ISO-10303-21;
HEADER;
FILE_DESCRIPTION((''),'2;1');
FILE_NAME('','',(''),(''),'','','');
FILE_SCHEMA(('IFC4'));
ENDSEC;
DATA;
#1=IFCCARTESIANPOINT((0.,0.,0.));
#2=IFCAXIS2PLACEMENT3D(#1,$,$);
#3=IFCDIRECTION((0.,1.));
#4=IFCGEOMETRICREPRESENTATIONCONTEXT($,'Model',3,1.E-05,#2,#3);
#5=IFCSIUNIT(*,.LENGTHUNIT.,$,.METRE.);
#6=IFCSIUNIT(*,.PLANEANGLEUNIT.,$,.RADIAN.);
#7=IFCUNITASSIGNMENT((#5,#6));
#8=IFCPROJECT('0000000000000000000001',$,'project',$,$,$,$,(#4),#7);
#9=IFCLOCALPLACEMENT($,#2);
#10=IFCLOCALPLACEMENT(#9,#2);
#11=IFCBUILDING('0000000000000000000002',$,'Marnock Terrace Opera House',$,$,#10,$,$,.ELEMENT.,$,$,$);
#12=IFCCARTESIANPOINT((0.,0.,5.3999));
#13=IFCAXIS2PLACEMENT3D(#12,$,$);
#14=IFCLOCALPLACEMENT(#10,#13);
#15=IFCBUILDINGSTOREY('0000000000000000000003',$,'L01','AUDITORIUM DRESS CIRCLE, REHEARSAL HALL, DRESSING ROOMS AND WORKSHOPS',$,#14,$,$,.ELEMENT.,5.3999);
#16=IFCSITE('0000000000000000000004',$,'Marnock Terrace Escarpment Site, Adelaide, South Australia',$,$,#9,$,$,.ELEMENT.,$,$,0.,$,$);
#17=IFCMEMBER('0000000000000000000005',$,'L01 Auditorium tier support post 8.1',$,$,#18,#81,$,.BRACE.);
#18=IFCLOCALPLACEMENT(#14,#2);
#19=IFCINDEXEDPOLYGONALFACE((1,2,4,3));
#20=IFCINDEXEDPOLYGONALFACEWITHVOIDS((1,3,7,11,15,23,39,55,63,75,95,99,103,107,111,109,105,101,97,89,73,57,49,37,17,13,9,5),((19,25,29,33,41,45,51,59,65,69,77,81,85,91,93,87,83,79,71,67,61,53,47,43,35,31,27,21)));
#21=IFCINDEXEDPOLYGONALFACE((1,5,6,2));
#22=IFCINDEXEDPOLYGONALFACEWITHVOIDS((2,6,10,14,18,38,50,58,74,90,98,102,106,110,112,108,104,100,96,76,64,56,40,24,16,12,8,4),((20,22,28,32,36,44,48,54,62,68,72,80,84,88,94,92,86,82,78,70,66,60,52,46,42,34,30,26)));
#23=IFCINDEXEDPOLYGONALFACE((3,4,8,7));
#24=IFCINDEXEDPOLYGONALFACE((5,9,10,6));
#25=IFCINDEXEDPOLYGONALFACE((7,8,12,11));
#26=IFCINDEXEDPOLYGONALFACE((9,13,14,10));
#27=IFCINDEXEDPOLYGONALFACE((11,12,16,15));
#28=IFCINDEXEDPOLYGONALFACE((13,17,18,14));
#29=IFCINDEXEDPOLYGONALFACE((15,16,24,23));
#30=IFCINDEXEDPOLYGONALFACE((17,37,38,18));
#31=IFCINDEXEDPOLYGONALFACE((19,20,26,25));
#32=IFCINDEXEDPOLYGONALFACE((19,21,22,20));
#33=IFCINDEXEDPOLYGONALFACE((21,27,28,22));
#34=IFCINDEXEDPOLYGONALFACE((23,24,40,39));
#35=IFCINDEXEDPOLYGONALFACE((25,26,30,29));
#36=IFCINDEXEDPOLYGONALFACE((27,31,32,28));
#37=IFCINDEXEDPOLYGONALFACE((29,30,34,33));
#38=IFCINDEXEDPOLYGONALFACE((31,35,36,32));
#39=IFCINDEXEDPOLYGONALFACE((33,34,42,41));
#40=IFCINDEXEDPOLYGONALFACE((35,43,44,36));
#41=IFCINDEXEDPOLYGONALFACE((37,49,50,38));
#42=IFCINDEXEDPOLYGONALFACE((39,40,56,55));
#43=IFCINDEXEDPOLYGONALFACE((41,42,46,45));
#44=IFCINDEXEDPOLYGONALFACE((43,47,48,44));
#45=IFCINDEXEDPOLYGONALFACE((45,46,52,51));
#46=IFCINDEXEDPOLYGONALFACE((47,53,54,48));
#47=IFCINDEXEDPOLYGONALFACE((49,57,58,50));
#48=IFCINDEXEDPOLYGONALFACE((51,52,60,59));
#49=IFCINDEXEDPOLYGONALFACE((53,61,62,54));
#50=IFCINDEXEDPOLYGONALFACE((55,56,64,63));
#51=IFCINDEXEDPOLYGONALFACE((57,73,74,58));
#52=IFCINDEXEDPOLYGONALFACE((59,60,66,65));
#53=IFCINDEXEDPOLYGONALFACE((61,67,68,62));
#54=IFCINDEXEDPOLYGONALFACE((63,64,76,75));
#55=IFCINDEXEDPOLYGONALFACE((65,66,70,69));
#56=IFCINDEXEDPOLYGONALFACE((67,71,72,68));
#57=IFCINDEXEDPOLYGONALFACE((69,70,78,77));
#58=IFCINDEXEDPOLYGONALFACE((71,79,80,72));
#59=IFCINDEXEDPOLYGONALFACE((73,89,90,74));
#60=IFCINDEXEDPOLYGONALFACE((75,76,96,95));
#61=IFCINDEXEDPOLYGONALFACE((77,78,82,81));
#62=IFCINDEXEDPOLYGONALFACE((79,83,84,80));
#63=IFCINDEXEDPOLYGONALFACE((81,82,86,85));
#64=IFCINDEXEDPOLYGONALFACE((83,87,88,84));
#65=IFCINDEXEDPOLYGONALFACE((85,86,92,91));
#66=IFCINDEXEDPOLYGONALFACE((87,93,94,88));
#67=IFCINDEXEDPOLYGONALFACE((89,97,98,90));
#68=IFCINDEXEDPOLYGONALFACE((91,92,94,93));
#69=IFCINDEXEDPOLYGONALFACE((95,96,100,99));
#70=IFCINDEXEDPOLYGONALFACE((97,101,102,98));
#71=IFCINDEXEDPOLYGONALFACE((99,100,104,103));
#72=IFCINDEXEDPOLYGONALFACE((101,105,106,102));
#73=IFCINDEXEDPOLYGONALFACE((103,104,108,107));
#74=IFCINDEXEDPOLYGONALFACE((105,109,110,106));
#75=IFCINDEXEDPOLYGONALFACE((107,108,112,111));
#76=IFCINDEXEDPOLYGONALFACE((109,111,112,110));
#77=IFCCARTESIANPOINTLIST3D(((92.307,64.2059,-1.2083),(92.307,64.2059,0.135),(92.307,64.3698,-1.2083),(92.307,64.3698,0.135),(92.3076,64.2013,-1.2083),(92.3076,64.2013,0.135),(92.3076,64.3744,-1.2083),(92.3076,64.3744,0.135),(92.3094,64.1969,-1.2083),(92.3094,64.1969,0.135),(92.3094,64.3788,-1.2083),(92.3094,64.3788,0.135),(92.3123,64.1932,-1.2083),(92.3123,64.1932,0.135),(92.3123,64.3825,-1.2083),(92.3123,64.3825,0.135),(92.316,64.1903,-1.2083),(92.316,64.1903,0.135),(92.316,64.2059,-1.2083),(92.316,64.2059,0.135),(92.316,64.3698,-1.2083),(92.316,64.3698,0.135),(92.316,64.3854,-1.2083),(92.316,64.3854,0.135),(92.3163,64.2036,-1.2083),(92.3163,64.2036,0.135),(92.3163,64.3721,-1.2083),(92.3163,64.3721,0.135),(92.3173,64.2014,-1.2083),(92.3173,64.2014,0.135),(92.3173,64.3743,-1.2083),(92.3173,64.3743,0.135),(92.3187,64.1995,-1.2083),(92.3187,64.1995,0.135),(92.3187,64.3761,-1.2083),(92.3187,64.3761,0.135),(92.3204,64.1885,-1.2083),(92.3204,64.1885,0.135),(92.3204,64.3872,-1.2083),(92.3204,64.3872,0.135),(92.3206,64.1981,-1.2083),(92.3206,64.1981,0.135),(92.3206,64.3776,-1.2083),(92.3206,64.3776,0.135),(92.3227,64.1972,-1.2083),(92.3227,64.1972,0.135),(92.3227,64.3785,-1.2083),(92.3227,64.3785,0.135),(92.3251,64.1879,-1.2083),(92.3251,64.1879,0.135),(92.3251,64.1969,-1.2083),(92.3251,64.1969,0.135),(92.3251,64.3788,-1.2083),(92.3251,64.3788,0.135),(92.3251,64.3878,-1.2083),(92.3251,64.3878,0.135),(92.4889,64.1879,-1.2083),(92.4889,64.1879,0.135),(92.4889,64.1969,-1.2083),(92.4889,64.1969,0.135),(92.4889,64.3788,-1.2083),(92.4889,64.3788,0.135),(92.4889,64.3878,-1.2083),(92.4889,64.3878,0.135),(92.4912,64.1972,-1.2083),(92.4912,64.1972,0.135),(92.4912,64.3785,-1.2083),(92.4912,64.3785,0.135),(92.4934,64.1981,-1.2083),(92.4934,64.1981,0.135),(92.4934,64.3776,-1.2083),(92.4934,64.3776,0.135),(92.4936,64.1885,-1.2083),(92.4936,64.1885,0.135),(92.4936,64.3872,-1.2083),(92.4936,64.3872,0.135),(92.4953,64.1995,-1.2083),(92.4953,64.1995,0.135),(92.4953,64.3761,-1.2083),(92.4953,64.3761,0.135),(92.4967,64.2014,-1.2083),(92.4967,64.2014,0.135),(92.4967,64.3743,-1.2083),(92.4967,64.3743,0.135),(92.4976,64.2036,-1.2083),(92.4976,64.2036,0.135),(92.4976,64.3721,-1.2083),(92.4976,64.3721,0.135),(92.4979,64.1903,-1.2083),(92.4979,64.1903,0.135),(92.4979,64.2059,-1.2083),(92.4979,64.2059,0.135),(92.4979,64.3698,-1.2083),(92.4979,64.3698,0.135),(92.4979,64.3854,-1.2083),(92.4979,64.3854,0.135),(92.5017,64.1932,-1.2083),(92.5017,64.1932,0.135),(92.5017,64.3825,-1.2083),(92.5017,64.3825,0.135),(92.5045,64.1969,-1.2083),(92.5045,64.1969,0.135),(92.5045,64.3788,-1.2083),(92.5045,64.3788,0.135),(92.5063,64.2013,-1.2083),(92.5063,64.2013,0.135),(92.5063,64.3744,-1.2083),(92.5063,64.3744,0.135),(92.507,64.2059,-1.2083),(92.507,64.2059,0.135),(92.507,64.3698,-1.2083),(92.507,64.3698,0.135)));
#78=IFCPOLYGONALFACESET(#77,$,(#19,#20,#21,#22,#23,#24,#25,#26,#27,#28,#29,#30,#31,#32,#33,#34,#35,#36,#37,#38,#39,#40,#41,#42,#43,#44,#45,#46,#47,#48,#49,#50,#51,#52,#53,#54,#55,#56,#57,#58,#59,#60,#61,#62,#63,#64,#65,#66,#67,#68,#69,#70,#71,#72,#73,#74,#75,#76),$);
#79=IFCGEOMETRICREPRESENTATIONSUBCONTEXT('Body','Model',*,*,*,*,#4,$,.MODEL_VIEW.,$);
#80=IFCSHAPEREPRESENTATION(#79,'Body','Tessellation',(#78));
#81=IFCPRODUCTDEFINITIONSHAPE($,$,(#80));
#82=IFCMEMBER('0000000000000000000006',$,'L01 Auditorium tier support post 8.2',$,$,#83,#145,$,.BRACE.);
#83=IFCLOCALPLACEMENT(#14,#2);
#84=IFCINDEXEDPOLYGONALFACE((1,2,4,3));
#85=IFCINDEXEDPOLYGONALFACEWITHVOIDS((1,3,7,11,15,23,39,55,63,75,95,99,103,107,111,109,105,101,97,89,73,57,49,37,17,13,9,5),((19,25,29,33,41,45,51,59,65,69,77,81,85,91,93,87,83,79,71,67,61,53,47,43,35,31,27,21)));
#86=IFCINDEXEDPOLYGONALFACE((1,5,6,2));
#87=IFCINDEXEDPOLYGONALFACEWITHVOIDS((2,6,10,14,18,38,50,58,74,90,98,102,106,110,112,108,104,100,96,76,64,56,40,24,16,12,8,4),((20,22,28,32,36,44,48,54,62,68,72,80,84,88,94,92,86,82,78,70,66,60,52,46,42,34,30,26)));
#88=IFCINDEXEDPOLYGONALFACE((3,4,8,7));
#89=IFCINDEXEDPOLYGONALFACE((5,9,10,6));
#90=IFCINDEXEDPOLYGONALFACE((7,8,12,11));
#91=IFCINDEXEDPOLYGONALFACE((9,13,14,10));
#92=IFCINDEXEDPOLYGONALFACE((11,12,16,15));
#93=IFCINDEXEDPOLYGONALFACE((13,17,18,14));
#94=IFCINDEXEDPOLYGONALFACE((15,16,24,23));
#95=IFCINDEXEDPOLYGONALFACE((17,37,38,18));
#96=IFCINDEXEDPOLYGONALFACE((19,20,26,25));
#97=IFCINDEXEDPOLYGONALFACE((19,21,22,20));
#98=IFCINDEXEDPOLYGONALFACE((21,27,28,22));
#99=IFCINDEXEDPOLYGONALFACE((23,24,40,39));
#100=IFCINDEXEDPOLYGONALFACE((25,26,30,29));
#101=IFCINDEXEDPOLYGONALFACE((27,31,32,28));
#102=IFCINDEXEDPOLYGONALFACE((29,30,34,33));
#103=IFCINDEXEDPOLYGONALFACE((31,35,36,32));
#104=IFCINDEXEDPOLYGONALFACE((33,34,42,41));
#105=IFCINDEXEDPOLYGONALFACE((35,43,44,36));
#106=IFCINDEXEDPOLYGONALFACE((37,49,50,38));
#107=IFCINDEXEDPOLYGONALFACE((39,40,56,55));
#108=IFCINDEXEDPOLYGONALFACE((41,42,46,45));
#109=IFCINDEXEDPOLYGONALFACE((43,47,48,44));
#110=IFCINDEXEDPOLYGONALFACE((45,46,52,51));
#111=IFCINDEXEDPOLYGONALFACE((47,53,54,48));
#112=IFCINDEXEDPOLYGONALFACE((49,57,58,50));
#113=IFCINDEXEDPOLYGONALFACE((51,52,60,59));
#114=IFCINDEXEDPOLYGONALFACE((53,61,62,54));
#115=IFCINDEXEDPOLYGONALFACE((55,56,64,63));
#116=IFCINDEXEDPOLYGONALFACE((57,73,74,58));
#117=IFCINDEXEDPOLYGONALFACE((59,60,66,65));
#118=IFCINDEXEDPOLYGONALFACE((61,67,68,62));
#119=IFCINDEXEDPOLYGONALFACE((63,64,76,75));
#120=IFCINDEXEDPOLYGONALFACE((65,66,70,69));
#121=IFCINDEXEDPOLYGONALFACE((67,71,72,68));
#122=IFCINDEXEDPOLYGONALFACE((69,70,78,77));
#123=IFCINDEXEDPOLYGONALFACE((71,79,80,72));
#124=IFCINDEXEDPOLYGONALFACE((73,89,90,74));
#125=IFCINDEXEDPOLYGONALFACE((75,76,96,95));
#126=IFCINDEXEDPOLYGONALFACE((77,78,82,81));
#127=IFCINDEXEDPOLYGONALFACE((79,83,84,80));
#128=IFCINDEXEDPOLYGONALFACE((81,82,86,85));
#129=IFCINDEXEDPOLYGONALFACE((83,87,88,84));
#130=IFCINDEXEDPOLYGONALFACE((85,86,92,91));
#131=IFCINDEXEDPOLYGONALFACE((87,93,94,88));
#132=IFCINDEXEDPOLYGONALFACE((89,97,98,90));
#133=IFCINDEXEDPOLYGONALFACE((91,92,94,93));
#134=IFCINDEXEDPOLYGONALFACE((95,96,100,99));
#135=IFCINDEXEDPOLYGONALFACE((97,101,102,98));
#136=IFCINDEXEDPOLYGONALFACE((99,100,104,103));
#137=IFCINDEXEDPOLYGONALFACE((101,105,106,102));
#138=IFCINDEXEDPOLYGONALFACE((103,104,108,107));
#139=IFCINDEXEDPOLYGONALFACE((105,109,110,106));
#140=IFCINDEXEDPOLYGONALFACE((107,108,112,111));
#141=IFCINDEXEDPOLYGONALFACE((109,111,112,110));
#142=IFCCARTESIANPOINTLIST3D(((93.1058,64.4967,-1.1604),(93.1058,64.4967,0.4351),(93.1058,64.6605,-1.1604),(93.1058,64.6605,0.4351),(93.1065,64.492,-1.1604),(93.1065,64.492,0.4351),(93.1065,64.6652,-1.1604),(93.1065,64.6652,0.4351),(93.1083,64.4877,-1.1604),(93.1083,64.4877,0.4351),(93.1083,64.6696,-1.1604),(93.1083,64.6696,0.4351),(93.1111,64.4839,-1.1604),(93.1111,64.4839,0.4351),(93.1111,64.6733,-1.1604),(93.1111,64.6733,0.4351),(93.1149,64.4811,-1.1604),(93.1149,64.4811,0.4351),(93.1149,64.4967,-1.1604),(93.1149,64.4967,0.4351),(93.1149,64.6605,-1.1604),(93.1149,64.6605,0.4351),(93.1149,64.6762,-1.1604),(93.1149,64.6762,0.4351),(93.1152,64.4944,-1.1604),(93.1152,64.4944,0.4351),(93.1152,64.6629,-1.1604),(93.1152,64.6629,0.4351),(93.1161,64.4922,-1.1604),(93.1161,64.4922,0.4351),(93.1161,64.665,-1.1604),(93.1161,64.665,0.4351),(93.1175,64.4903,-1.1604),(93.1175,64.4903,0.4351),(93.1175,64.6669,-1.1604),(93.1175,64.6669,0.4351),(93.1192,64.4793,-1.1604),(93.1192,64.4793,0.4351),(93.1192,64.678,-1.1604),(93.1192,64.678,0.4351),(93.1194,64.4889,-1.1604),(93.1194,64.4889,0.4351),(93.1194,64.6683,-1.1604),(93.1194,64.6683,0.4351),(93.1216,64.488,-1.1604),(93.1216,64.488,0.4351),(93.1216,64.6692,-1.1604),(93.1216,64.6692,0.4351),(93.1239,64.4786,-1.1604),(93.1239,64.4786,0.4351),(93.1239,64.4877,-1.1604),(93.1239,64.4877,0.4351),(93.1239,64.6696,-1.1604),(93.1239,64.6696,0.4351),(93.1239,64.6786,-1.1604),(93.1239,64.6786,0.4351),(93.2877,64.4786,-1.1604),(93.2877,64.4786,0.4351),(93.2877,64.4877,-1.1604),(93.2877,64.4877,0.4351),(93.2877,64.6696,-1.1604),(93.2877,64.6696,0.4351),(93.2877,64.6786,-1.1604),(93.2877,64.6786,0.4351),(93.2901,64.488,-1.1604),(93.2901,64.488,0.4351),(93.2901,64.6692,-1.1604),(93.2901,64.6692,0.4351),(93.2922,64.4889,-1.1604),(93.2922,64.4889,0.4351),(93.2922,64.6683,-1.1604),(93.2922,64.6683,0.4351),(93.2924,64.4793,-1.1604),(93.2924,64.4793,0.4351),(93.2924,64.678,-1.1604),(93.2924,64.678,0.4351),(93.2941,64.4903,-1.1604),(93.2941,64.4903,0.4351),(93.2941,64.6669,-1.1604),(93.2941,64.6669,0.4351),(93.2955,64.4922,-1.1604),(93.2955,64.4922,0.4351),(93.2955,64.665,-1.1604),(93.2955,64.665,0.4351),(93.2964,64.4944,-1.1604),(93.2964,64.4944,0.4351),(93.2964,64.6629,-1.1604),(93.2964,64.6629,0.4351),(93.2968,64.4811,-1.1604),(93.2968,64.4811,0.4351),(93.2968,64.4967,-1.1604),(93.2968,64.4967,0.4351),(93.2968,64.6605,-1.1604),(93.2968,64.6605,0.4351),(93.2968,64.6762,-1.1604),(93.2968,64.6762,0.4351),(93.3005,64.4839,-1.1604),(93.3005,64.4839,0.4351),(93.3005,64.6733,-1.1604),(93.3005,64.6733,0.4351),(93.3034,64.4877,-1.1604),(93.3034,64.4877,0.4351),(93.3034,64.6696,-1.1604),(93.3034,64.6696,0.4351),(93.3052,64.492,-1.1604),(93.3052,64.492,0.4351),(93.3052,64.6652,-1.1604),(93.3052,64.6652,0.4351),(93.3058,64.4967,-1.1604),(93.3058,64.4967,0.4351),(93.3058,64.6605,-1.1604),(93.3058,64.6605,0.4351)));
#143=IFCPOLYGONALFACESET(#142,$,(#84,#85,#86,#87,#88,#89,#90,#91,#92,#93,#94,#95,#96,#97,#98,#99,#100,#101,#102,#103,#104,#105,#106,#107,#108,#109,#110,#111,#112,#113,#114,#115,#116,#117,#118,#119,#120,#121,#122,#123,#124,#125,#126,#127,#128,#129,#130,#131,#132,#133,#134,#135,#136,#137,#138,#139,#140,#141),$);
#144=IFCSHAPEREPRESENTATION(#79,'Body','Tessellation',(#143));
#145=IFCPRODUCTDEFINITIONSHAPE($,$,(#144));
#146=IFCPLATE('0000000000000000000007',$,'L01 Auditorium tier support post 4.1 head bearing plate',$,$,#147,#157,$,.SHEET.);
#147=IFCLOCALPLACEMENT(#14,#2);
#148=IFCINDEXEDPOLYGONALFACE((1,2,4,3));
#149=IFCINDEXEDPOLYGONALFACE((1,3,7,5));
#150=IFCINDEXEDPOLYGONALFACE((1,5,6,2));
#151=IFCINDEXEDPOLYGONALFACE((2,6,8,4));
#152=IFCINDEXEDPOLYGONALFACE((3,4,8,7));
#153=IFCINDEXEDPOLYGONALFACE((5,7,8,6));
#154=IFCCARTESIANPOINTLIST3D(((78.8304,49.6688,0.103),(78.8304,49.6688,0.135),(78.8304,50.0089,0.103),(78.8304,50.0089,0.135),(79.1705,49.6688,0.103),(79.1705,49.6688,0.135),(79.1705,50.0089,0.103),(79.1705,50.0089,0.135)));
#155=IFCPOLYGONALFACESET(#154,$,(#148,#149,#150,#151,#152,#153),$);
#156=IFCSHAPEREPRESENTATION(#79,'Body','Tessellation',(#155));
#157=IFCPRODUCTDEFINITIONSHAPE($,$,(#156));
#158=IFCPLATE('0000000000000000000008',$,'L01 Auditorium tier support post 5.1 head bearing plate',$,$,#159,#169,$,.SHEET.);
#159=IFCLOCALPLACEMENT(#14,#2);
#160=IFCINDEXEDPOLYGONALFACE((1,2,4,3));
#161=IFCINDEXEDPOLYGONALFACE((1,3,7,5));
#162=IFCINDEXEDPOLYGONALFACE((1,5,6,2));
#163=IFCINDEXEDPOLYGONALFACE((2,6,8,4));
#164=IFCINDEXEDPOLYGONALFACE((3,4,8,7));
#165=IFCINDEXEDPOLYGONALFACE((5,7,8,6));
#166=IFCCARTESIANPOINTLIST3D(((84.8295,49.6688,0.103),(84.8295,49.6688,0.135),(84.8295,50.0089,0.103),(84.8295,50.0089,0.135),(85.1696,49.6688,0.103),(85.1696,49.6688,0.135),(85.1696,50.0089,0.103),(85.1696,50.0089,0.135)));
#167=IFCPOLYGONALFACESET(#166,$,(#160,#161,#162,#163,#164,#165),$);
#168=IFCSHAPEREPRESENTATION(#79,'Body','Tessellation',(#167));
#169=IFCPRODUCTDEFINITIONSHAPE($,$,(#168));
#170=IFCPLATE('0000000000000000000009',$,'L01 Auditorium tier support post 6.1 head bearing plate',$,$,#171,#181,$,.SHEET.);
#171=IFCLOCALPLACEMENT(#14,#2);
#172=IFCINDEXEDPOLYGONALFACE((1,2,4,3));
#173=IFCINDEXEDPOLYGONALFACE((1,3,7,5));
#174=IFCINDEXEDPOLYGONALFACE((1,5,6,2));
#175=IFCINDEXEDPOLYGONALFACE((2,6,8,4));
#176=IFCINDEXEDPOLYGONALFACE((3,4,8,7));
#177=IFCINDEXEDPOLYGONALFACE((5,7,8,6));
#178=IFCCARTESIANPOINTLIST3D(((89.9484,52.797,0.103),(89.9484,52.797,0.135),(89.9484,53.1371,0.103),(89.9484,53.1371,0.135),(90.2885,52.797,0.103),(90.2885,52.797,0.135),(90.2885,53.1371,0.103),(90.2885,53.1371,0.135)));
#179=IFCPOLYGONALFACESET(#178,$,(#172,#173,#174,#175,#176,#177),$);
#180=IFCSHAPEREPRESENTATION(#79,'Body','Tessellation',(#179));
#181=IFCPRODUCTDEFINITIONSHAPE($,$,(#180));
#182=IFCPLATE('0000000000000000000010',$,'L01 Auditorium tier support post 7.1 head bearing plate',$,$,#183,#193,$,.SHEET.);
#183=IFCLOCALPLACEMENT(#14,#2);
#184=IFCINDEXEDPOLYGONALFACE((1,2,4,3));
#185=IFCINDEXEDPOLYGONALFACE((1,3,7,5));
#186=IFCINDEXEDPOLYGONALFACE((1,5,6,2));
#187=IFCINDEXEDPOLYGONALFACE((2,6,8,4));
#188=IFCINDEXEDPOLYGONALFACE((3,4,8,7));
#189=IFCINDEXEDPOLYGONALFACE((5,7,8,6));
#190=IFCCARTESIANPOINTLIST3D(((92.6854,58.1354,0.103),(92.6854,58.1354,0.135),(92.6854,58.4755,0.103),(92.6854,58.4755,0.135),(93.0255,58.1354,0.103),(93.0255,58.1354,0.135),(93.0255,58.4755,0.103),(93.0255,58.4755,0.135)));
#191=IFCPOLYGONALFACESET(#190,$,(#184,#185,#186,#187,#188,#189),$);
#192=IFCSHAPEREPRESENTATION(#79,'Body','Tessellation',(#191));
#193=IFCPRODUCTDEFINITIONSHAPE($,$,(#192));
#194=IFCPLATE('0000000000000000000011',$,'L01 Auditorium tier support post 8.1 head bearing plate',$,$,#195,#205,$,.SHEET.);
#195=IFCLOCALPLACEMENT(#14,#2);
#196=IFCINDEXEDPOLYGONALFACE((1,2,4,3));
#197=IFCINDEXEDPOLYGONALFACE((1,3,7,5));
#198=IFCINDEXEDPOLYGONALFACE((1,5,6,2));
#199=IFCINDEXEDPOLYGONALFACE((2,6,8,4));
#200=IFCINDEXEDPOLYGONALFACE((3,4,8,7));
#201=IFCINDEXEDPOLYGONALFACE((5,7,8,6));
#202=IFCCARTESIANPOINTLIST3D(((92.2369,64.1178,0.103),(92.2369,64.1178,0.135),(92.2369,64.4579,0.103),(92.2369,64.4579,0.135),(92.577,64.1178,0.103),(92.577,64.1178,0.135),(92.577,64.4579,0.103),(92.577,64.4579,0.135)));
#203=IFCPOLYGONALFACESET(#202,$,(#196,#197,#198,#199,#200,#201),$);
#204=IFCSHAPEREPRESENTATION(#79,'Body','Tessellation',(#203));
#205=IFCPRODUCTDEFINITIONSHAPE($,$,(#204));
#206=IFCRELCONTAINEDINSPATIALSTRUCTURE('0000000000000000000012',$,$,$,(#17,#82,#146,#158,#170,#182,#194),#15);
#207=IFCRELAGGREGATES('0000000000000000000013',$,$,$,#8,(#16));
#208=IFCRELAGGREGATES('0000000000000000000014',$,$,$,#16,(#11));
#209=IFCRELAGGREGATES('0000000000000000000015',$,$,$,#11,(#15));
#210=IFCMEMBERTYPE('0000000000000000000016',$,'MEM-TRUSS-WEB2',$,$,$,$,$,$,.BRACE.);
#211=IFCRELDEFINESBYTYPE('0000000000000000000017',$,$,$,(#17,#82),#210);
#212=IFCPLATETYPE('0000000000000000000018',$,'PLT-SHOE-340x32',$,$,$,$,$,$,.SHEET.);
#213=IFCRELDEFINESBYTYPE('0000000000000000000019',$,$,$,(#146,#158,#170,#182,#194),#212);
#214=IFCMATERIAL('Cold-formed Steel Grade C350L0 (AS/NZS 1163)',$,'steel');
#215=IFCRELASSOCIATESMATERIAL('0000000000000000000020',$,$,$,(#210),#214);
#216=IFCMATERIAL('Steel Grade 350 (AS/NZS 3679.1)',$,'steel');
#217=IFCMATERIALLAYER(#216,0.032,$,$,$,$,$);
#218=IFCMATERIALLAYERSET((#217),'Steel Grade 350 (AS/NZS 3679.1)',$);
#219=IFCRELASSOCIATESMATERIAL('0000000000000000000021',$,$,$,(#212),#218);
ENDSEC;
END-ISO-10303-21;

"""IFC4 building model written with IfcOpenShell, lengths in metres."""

from ifc_helpers import new_model, si_unit, direction, frame, origin, origin_2d, place, context, subcontext, project, spatial, rectangle, hollow_rectangle, extrude, material, layer, layer_set, material_profile, profile_set, type_object, element, save


model = new_model("IFC4")

# Units and contexts
model_context = context("Model", 3, precision=1e-05, world=origin(), true_north=direction((0.0, 1.0)))
body_context = subcontext(model_context, "Body", "Model", "MODEL_VIEW")
ifc_project = project(units=[si_unit("LENGTHUNIT", "METRE"), si_unit("PLANEANGLEUNIT", "RADIAN")], contexts=[model_context])

# Site, building, storey
site_placement = place(None, origin())
site = spatial("IfcSite", under=ifc_project, at=site_placement, Name="Marnock Terrace Escarpment Site, Adelaide, South Australia", CompositionType="ELEMENT", RefElevation=0.0)
building_placement = place(site_placement, origin())
building = spatial("IfcBuilding", under=site, at=building_placement, Name="Marnock Terrace Opera House", CompositionType="ELEMENT")
storey_placement = place(building_placement, frame((0.0, 0.0, 5.3999)))
storey = spatial("IfcBuildingStorey", under=building, at=storey_placement, Name="L01", Description="AUDITORIUM DRESS CIRCLE, REHEARSAL HALL, DRESSING ROOMS AND WORKSHOPS", CompositionType="ELEMENT", Elevation=5.3999)

# Shared definitions
ifc_material_1 = material(Name="Steel Grade 350 (AS/NZS 3679.1)", Category="steel")

# Members
ifc_material_2 = material(Name="Cold-formed Steel Grade C350L0 (AS/NZS 1163)", Category="steel")
ifc_material_profile_1 = material_profile(ifc_material_2, hollow_rectangle(XDim=0.2, YDim=0.2, WallThickness=0.009, InnerFilletRadius=0.009, OuterFilletRadius=0.0181, at=origin_2d()))
ifc_profile_set_1 = profile_set([ifc_material_profile_1], Name="Cold-formed Steel Grade C350L0 (AS/NZS 1163)")
member_type = type_object("IfcMemberType", Name="MEM-TRUSS-WEB2", PredefinedType="BRACE", material=ifc_profile_set_1)
member_1_placement = place(storey_placement, frame((92.407, 64.2878, -1.2083), z_axis=(0.0, 0.0, 1.0), x_axis=(1.0, 0.0, 0.0)))
element("IfcMember", 1, at=member_1_placement, inside=storey, type_object=member_type, Name="L01 Auditorium tier support post 8.1", PredefinedType="BRACE", context=body_context, shape_type="SweptSolid", body=[
    extrude(hollow_rectangle(XDim=0.2, YDim=0.2, WallThickness=0.009, InnerFilletRadius=0.009, OuterFilletRadius=0.0181, at=origin_2d()), origin(), (0.0, 0.0, 1.0), 1.3433),
])
member_2_placement = place(storey_placement, frame((93.2058, 64.5786, -1.1604), z_axis=(0.0, 0.0, 1.0), x_axis=(1.0, 0.0, 0.0)))
element("IfcMember", 2, at=member_2_placement, inside=storey, type_object=member_type, Name="L01 Auditorium tier support post 8.2", PredefinedType="BRACE", context=body_context, shape_type="SweptSolid", body=[
    extrude(hollow_rectangle(XDim=0.2, YDim=0.2, WallThickness=0.009, InnerFilletRadius=0.009, OuterFilletRadius=0.0181, at=origin_2d()), origin(), (0.0, 0.0, 1.0), 1.5955),
])

# Plates
ifc_layer_1 = layer(ifc_material_1, 0.032)
ifc_layer_set_1 = layer_set([ifc_layer_1], Name="Steel Grade 350 (AS/NZS 3679.1)")
plate_type = type_object("IfcPlateType", Name="PLT-SHOE-340x32", PredefinedType="SHEET", material=ifc_layer_set_1)
for number, where, z_axis, x_axis, name in (
    (3, (79.0005, 49.8389, 0.103), (0.0, 0.0, 1.0), (1.0, 0.0, 0.0), "L01 Auditorium tier support post 4.1 head bearing plate"),
    (4, (84.9995, 49.8389, 0.103), (0.0, 0.0, 1.0), (1.0, 0.0, 0.0), "L01 Auditorium tier support post 5.1 head bearing plate"),
    (5, (90.1184, 52.967, 0.103), (0.0, 0.0, 1.0), (1.0, 0.0, 0.0), "L01 Auditorium tier support post 6.1 head bearing plate"),
    (6, (92.8555, 58.3054, 0.103), (0.0, 0.0, 1.0), (1.0, 0.0, 0.0), "L01 Auditorium tier support post 7.1 head bearing plate"),
    (7, (92.407, 64.2878, 0.103), (0.0, 0.0, 1.0), (1.0, 0.0, 0.0), "L01 Auditorium tier support post 8.1 head bearing plate"),
):
    element("IfcPlate", number, at=place(storey_placement, frame(where, z_axis=z_axis, x_axis=x_axis)), inside=storey, type_object=plate_type, Name=name, PredefinedType="SHEET", context=body_context, shape_type="SweptSolid", body=[
        extrude(rectangle(XDim=0.3401, YDim=0.3401, at=origin_2d()), origin(), (0.0, 0.0, 1.0), 0.032),
    ])

save(model, "model.ifc")
